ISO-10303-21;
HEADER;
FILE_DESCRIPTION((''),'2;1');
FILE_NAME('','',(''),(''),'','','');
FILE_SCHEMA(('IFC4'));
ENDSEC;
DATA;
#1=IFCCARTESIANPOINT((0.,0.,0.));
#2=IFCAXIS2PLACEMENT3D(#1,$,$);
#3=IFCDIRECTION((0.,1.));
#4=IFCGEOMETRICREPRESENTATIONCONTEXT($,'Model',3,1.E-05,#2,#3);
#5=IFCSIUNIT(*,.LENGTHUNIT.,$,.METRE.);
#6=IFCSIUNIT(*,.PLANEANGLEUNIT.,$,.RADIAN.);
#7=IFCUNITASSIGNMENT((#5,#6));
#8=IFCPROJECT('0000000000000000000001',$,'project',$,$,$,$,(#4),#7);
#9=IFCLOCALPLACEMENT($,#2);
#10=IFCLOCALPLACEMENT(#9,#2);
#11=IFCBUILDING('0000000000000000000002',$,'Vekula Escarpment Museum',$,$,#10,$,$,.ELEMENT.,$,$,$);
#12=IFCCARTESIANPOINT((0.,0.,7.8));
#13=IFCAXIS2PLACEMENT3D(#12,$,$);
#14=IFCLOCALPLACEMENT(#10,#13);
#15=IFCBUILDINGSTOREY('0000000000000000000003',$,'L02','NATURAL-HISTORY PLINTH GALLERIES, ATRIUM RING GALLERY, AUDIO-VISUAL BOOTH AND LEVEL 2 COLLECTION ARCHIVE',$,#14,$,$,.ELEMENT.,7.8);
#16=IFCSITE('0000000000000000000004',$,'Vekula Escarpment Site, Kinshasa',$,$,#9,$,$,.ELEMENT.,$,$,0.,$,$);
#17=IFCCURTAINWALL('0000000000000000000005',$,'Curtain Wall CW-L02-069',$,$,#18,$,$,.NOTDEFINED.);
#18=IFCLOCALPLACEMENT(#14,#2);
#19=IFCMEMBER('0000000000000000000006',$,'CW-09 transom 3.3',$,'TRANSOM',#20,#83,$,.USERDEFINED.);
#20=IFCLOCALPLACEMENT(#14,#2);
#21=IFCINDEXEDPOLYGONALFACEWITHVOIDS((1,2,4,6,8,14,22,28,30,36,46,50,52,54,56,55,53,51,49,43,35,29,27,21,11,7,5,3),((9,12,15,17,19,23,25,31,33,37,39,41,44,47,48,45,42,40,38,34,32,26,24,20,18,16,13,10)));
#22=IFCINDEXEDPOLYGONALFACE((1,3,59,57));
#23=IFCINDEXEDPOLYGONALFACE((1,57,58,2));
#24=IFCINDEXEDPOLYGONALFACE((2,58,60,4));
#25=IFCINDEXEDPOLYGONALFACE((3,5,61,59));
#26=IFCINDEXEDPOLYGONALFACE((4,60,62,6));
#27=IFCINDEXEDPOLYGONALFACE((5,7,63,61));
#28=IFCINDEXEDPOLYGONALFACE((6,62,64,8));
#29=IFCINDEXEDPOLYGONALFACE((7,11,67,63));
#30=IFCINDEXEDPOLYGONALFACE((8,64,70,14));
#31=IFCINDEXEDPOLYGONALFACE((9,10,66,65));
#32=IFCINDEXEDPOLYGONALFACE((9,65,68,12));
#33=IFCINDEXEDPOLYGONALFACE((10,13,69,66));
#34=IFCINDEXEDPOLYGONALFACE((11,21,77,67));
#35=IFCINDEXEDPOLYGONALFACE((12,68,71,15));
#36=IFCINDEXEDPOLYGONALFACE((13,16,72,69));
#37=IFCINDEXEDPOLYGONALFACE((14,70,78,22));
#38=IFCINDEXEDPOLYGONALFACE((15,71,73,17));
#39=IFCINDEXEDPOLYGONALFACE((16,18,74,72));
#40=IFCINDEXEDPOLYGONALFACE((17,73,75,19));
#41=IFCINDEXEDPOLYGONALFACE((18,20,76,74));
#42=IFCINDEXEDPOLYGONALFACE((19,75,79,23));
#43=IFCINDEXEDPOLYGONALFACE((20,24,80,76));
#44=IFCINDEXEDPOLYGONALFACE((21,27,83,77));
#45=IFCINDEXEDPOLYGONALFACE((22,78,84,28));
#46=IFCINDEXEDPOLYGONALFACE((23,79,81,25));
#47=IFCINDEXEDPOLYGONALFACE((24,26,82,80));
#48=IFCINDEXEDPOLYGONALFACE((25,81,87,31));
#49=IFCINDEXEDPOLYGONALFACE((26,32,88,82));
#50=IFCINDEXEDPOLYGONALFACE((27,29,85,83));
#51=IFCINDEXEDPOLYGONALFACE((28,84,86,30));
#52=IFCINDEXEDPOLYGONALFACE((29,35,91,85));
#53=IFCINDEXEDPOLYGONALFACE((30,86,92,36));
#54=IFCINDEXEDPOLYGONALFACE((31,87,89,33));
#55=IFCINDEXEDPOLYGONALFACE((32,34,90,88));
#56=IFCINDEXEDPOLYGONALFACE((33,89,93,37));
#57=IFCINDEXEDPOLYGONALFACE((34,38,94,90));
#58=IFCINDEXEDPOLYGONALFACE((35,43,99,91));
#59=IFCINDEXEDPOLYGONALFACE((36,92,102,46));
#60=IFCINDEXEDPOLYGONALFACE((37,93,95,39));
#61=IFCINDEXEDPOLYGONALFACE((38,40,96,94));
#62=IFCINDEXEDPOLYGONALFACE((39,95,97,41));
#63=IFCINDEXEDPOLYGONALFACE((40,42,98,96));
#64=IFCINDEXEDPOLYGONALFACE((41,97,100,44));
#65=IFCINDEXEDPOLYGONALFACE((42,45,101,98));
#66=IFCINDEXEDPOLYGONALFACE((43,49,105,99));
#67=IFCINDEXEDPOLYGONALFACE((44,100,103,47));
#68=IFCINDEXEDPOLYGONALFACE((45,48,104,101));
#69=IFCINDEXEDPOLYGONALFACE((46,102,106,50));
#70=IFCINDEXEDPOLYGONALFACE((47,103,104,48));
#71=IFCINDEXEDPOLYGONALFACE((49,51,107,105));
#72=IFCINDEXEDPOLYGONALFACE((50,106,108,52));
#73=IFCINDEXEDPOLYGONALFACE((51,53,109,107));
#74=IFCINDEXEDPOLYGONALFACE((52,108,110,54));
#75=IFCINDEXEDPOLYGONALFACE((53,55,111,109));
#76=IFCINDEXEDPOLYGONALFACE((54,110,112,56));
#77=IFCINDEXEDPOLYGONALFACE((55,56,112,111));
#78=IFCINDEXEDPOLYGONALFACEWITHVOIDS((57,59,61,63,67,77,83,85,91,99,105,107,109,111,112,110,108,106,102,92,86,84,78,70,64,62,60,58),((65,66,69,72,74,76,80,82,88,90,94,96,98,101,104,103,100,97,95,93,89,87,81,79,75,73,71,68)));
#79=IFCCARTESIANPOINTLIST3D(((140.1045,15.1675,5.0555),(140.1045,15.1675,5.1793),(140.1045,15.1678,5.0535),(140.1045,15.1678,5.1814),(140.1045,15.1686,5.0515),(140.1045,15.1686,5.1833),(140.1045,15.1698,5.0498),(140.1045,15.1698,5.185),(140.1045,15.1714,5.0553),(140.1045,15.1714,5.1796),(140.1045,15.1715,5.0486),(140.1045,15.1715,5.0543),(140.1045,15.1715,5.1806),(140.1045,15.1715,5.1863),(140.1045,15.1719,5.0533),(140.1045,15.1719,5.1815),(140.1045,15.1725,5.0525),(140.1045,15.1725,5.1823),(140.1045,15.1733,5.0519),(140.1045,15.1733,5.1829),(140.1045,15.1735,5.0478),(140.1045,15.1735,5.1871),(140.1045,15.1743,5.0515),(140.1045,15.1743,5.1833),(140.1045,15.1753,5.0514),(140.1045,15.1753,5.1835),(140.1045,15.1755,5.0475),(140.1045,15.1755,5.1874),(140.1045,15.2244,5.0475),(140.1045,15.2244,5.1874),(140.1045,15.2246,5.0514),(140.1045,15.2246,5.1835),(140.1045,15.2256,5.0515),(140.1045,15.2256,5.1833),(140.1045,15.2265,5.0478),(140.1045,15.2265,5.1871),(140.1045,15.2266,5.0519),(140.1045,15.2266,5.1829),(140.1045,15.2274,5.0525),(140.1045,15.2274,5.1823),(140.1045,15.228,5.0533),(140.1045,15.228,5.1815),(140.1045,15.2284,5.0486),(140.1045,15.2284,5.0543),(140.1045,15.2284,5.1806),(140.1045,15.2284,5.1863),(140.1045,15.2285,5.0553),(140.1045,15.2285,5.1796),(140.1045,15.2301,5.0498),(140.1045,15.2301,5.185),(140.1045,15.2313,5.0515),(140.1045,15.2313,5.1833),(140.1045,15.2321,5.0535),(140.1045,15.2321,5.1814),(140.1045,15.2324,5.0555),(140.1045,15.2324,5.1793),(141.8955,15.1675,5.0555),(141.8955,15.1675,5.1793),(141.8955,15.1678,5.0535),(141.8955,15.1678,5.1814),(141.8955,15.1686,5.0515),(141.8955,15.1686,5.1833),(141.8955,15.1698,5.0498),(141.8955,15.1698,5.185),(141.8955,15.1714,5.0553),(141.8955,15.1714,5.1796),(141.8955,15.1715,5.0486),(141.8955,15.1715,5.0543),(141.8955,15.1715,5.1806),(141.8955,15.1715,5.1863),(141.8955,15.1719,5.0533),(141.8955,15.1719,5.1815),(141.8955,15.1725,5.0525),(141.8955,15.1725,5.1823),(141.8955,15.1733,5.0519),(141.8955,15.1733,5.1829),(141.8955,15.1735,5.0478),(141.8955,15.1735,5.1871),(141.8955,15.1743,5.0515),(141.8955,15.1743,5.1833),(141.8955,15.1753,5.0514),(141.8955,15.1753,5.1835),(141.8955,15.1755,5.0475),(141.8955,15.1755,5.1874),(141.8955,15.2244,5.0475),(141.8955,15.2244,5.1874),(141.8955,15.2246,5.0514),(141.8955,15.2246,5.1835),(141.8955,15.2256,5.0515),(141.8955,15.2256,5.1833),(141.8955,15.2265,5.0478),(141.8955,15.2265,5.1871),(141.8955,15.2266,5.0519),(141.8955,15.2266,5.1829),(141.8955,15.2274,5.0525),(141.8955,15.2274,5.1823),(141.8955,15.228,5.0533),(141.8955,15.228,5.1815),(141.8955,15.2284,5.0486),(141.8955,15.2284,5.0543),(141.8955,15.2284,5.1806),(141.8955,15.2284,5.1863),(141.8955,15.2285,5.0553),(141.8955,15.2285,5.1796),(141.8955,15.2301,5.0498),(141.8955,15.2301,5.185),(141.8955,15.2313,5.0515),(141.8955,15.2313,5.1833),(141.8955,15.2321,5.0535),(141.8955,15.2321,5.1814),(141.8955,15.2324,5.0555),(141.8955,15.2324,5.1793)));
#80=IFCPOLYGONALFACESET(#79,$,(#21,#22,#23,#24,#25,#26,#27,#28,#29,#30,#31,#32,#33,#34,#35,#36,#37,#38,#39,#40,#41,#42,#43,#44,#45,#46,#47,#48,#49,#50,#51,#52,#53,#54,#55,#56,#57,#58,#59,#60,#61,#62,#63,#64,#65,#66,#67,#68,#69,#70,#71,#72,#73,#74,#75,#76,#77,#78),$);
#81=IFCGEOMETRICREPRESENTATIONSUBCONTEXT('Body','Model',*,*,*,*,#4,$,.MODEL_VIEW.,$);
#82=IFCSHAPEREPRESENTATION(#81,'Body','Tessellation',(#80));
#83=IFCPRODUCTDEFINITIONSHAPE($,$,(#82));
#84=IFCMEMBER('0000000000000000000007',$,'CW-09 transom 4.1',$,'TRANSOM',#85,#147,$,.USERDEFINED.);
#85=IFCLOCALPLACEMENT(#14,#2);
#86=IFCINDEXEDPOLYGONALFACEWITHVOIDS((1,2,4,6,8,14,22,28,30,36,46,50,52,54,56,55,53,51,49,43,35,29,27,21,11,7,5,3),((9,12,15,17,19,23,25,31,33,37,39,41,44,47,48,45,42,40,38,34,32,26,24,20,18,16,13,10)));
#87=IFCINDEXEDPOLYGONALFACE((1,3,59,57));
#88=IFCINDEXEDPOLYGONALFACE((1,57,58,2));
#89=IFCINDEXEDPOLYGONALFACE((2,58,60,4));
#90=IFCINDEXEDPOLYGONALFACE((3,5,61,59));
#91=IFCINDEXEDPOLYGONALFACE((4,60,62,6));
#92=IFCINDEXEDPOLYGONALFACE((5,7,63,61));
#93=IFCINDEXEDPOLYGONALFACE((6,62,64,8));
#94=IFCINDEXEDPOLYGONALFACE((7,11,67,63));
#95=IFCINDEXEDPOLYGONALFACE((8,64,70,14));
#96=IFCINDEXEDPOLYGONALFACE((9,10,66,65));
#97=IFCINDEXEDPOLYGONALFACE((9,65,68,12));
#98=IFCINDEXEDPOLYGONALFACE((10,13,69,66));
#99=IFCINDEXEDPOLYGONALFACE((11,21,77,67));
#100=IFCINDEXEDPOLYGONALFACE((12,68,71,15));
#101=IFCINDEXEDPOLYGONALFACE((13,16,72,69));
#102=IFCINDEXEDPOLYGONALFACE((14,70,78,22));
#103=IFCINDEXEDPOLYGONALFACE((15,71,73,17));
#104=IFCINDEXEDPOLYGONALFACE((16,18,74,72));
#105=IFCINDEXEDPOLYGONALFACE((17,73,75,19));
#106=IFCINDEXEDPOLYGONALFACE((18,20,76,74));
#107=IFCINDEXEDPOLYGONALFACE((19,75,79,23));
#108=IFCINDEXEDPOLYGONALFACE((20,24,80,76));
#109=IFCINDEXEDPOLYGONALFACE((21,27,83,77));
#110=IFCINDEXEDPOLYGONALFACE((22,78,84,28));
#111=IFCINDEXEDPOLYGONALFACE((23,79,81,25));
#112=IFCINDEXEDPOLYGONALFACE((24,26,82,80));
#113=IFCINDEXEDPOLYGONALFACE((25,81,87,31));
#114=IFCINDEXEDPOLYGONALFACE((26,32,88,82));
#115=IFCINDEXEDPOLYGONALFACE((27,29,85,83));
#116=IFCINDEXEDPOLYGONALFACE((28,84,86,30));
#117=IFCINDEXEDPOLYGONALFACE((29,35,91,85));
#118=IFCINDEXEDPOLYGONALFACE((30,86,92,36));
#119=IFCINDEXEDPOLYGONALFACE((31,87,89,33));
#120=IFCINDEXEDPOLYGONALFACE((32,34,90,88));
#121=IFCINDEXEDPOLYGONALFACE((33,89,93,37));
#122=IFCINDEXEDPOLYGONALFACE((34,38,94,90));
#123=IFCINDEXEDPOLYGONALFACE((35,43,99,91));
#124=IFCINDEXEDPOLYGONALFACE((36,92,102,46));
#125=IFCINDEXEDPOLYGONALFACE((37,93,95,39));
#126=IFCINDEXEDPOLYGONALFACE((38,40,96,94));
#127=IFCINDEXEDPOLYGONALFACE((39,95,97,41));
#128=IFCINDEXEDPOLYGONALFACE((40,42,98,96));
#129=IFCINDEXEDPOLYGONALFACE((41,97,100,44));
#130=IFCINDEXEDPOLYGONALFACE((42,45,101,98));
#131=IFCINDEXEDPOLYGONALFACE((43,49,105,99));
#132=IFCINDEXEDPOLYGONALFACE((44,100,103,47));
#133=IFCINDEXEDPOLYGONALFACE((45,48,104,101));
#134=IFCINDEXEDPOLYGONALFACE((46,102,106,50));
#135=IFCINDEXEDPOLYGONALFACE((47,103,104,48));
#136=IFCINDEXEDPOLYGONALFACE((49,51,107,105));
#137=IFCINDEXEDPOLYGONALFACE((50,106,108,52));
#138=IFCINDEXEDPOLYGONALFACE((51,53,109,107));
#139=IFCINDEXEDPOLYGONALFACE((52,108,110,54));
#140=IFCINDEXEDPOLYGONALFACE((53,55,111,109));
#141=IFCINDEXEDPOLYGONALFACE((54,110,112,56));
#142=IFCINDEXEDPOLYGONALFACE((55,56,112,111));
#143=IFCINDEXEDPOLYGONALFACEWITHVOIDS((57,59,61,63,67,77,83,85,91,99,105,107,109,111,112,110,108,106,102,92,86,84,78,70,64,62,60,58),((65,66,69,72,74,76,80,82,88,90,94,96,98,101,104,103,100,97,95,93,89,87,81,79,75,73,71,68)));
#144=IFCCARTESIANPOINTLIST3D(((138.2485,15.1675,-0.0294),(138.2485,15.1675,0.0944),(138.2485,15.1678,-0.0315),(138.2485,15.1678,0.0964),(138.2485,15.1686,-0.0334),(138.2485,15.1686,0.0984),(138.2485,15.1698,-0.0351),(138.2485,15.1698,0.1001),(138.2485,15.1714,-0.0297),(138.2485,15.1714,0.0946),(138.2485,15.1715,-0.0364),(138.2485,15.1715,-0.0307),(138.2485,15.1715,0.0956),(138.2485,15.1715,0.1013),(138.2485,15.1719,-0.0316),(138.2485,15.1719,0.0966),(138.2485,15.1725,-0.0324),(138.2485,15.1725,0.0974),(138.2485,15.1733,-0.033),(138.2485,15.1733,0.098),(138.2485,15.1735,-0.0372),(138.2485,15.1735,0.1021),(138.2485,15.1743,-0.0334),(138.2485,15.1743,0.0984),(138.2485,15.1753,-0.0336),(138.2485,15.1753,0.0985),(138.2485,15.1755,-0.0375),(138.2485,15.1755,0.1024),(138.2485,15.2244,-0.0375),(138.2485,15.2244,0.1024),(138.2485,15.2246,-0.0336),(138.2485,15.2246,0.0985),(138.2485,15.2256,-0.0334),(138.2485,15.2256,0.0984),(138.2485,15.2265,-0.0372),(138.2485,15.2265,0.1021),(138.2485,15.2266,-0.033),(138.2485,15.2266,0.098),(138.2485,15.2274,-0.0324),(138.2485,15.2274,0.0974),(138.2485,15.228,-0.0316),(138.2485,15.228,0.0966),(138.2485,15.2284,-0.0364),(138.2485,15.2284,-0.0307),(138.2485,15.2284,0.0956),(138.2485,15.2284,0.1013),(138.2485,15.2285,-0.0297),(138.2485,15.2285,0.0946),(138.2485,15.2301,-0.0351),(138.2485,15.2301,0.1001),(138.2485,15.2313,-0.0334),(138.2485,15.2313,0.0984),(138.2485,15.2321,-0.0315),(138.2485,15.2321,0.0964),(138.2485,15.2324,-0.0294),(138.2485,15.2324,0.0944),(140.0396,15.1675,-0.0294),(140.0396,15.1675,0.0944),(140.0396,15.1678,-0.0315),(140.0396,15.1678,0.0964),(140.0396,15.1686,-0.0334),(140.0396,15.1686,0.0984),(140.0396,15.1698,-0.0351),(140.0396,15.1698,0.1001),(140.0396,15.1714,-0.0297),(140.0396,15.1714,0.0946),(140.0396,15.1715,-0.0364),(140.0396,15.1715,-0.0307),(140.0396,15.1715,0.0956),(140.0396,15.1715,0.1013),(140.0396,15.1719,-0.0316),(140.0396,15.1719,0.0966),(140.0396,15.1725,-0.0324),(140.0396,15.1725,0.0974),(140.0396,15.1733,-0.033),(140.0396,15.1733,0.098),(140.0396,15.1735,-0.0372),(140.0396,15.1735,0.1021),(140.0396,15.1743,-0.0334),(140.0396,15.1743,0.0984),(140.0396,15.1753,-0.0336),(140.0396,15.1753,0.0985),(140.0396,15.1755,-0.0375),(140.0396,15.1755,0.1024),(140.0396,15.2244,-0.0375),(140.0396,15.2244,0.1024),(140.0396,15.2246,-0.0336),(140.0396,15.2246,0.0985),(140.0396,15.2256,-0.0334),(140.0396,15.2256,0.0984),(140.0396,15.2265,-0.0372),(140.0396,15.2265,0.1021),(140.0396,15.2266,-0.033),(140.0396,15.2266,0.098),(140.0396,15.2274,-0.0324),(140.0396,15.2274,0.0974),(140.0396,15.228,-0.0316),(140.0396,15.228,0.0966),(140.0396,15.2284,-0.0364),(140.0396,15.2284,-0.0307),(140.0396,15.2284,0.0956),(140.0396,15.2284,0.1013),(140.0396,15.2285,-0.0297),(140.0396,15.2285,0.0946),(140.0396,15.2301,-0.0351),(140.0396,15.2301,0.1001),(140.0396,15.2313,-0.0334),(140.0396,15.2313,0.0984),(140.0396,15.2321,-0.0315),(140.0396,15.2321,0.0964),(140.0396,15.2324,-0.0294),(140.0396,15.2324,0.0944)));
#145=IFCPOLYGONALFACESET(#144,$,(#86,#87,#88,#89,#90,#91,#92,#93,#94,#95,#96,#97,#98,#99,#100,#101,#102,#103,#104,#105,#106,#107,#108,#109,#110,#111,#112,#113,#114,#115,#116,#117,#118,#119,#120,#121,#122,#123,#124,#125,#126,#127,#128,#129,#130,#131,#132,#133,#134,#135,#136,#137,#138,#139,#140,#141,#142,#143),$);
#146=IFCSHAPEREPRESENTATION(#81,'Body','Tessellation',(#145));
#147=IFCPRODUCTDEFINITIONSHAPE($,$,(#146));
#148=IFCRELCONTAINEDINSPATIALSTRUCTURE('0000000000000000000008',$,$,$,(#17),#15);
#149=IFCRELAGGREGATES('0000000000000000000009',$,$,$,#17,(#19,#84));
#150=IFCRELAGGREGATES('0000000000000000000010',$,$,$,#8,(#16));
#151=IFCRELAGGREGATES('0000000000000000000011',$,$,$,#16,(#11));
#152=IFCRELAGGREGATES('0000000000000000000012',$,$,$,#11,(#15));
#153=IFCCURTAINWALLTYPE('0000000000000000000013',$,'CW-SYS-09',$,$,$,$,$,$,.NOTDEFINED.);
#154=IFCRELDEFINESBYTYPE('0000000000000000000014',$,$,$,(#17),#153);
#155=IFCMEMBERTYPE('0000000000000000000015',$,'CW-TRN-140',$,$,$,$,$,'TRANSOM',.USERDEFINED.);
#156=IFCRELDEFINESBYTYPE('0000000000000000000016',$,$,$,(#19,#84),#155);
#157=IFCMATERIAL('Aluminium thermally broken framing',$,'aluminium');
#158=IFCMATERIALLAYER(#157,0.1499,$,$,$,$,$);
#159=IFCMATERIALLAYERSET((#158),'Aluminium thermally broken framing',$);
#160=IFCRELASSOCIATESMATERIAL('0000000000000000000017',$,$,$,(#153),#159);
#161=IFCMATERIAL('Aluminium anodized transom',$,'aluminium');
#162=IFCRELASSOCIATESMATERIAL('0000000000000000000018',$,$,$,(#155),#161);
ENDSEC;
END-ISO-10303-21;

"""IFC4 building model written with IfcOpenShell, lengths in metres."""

from ifc_helpers import new_model, si_unit, direction, frame, origin, origin_2d, place, context, subcontext, project, spatial, hollow_rectangle, extrude, material, layer, layer_set, material_profile, profile_set, type_object, element, aggregate, save


model = new_model("IFC4")

# Units and contexts
model_context = context("Model", 3, precision=1e-05, world=origin(), true_north=direction((0.0, 1.0)))
body_context = subcontext(model_context, "Body", "Model", "MODEL_VIEW")
ifc_project = project(units=[si_unit("LENGTHUNIT", "METRE"), si_unit("PLANEANGLEUNIT", "RADIAN")], contexts=[model_context])

# Site, building, storey
site_placement = place(None, origin())
site = spatial("IfcSite", under=ifc_project, at=site_placement, Name="Vekula Escarpment Site, Kinshasa", CompositionType="ELEMENT", RefElevation=0.0)
building_placement = place(site_placement, origin())
building = spatial("IfcBuilding", under=site, at=building_placement, Name="Vekula Escarpment Museum", CompositionType="ELEMENT")
storey_placement = place(building_placement, frame((0.0, 0.0, 7.8)))
storey = spatial("IfcBuildingStorey", under=building, at=storey_placement, Name="L02", Description="NATURAL-HISTORY PLINTH GALLERIES, ATRIUM RING GALLERY, AUDIO-VISUAL BOOTH AND LEVEL 2 COLLECTION ARCHIVE", CompositionType="ELEMENT", Elevation=7.8)

# Curtain wall, members
ifc_material_1 = material(Name="Aluminium thermally broken framing", Category="aluminium")
ifc_layer_1 = layer(ifc_material_1, 0.1499)
ifc_layer_set_1 = layer_set([ifc_layer_1], Name="Aluminium thermally broken framing")
curtain_wall_type = type_object("IfcCurtainWallType", Name="CW-SYS-09", PredefinedType="NOTDEFINED", material=ifc_layer_set_1)
curtain_wall_placement = place(storey_placement, origin())
curtain_wall = element("IfcCurtainWall", 1, at=curtain_wall_placement, inside=storey, type_object=curtain_wall_type, Name="Curtain Wall CW-L02-069", PredefinedType="NOTDEFINED")
ifc_material_2 = material(Name="Aluminium anodized transom", Category="aluminium")
ifc_material_profile_1 = material_profile(ifc_material_2, hollow_rectangle(XDim=0.0649, YDim=0.1399, WallThickness=0.0039, InnerFilletRadius=0.0039, OuterFilletRadius=0.0081, at=origin_2d()), Name="ALU 140x65x4")
ifc_profile_set_1 = profile_set([ifc_material_profile_1], Name="Aluminium anodized transom")
member_type_1 = type_object("IfcMemberType", Name="CW-TRN-140", ElementType="TRANSOM", PredefinedType="USERDEFINED", material=ifc_profile_set_1)
member_1_placement = place(storey_placement, frame((141.8955, 15.2, 5.1174), z_axis=(-1.0, 0.0, 0.0), x_axis=(0.0, -1.0, 0.0)))
member_1 = element("IfcMember", 2, at=member_1_placement, type_object=member_type_1, Name="CW-09 transom 3.3", ObjectType="TRANSOM", PredefinedType="USERDEFINED", context=body_context, shape_type="SweptSolid", body=[
    extrude(hollow_rectangle(XDim=0.0649, YDim=0.1399, WallThickness=0.0039, InnerFilletRadius=0.0039, OuterFilletRadius=0.0081, at=origin_2d()), origin(), (0.0, 0.0, 1.0), 1.791),
])
member_2_placement = place(storey_placement, frame((140.0396, 15.2, 0.0325), z_axis=(-1.0, 0.0, 0.0), x_axis=(0.0, -1.0, 0.0)))
member_2 = element("IfcMember", 3, at=member_2_placement, type_object=member_type_1, Name="CW-09 transom 4.1", ObjectType="TRANSOM", PredefinedType="USERDEFINED", context=body_context, shape_type="SweptSolid", body=[
    extrude(hollow_rectangle(XDim=0.0649, YDim=0.1399, WallThickness=0.0039, InnerFilletRadius=0.0039, OuterFilletRadius=0.0081, at=origin_2d()), origin(), (0.0, 0.0, 1.0), 1.791),
])
aggregate(curtain_wall, [member_1, member_2])

save(model, "model.ifc")
